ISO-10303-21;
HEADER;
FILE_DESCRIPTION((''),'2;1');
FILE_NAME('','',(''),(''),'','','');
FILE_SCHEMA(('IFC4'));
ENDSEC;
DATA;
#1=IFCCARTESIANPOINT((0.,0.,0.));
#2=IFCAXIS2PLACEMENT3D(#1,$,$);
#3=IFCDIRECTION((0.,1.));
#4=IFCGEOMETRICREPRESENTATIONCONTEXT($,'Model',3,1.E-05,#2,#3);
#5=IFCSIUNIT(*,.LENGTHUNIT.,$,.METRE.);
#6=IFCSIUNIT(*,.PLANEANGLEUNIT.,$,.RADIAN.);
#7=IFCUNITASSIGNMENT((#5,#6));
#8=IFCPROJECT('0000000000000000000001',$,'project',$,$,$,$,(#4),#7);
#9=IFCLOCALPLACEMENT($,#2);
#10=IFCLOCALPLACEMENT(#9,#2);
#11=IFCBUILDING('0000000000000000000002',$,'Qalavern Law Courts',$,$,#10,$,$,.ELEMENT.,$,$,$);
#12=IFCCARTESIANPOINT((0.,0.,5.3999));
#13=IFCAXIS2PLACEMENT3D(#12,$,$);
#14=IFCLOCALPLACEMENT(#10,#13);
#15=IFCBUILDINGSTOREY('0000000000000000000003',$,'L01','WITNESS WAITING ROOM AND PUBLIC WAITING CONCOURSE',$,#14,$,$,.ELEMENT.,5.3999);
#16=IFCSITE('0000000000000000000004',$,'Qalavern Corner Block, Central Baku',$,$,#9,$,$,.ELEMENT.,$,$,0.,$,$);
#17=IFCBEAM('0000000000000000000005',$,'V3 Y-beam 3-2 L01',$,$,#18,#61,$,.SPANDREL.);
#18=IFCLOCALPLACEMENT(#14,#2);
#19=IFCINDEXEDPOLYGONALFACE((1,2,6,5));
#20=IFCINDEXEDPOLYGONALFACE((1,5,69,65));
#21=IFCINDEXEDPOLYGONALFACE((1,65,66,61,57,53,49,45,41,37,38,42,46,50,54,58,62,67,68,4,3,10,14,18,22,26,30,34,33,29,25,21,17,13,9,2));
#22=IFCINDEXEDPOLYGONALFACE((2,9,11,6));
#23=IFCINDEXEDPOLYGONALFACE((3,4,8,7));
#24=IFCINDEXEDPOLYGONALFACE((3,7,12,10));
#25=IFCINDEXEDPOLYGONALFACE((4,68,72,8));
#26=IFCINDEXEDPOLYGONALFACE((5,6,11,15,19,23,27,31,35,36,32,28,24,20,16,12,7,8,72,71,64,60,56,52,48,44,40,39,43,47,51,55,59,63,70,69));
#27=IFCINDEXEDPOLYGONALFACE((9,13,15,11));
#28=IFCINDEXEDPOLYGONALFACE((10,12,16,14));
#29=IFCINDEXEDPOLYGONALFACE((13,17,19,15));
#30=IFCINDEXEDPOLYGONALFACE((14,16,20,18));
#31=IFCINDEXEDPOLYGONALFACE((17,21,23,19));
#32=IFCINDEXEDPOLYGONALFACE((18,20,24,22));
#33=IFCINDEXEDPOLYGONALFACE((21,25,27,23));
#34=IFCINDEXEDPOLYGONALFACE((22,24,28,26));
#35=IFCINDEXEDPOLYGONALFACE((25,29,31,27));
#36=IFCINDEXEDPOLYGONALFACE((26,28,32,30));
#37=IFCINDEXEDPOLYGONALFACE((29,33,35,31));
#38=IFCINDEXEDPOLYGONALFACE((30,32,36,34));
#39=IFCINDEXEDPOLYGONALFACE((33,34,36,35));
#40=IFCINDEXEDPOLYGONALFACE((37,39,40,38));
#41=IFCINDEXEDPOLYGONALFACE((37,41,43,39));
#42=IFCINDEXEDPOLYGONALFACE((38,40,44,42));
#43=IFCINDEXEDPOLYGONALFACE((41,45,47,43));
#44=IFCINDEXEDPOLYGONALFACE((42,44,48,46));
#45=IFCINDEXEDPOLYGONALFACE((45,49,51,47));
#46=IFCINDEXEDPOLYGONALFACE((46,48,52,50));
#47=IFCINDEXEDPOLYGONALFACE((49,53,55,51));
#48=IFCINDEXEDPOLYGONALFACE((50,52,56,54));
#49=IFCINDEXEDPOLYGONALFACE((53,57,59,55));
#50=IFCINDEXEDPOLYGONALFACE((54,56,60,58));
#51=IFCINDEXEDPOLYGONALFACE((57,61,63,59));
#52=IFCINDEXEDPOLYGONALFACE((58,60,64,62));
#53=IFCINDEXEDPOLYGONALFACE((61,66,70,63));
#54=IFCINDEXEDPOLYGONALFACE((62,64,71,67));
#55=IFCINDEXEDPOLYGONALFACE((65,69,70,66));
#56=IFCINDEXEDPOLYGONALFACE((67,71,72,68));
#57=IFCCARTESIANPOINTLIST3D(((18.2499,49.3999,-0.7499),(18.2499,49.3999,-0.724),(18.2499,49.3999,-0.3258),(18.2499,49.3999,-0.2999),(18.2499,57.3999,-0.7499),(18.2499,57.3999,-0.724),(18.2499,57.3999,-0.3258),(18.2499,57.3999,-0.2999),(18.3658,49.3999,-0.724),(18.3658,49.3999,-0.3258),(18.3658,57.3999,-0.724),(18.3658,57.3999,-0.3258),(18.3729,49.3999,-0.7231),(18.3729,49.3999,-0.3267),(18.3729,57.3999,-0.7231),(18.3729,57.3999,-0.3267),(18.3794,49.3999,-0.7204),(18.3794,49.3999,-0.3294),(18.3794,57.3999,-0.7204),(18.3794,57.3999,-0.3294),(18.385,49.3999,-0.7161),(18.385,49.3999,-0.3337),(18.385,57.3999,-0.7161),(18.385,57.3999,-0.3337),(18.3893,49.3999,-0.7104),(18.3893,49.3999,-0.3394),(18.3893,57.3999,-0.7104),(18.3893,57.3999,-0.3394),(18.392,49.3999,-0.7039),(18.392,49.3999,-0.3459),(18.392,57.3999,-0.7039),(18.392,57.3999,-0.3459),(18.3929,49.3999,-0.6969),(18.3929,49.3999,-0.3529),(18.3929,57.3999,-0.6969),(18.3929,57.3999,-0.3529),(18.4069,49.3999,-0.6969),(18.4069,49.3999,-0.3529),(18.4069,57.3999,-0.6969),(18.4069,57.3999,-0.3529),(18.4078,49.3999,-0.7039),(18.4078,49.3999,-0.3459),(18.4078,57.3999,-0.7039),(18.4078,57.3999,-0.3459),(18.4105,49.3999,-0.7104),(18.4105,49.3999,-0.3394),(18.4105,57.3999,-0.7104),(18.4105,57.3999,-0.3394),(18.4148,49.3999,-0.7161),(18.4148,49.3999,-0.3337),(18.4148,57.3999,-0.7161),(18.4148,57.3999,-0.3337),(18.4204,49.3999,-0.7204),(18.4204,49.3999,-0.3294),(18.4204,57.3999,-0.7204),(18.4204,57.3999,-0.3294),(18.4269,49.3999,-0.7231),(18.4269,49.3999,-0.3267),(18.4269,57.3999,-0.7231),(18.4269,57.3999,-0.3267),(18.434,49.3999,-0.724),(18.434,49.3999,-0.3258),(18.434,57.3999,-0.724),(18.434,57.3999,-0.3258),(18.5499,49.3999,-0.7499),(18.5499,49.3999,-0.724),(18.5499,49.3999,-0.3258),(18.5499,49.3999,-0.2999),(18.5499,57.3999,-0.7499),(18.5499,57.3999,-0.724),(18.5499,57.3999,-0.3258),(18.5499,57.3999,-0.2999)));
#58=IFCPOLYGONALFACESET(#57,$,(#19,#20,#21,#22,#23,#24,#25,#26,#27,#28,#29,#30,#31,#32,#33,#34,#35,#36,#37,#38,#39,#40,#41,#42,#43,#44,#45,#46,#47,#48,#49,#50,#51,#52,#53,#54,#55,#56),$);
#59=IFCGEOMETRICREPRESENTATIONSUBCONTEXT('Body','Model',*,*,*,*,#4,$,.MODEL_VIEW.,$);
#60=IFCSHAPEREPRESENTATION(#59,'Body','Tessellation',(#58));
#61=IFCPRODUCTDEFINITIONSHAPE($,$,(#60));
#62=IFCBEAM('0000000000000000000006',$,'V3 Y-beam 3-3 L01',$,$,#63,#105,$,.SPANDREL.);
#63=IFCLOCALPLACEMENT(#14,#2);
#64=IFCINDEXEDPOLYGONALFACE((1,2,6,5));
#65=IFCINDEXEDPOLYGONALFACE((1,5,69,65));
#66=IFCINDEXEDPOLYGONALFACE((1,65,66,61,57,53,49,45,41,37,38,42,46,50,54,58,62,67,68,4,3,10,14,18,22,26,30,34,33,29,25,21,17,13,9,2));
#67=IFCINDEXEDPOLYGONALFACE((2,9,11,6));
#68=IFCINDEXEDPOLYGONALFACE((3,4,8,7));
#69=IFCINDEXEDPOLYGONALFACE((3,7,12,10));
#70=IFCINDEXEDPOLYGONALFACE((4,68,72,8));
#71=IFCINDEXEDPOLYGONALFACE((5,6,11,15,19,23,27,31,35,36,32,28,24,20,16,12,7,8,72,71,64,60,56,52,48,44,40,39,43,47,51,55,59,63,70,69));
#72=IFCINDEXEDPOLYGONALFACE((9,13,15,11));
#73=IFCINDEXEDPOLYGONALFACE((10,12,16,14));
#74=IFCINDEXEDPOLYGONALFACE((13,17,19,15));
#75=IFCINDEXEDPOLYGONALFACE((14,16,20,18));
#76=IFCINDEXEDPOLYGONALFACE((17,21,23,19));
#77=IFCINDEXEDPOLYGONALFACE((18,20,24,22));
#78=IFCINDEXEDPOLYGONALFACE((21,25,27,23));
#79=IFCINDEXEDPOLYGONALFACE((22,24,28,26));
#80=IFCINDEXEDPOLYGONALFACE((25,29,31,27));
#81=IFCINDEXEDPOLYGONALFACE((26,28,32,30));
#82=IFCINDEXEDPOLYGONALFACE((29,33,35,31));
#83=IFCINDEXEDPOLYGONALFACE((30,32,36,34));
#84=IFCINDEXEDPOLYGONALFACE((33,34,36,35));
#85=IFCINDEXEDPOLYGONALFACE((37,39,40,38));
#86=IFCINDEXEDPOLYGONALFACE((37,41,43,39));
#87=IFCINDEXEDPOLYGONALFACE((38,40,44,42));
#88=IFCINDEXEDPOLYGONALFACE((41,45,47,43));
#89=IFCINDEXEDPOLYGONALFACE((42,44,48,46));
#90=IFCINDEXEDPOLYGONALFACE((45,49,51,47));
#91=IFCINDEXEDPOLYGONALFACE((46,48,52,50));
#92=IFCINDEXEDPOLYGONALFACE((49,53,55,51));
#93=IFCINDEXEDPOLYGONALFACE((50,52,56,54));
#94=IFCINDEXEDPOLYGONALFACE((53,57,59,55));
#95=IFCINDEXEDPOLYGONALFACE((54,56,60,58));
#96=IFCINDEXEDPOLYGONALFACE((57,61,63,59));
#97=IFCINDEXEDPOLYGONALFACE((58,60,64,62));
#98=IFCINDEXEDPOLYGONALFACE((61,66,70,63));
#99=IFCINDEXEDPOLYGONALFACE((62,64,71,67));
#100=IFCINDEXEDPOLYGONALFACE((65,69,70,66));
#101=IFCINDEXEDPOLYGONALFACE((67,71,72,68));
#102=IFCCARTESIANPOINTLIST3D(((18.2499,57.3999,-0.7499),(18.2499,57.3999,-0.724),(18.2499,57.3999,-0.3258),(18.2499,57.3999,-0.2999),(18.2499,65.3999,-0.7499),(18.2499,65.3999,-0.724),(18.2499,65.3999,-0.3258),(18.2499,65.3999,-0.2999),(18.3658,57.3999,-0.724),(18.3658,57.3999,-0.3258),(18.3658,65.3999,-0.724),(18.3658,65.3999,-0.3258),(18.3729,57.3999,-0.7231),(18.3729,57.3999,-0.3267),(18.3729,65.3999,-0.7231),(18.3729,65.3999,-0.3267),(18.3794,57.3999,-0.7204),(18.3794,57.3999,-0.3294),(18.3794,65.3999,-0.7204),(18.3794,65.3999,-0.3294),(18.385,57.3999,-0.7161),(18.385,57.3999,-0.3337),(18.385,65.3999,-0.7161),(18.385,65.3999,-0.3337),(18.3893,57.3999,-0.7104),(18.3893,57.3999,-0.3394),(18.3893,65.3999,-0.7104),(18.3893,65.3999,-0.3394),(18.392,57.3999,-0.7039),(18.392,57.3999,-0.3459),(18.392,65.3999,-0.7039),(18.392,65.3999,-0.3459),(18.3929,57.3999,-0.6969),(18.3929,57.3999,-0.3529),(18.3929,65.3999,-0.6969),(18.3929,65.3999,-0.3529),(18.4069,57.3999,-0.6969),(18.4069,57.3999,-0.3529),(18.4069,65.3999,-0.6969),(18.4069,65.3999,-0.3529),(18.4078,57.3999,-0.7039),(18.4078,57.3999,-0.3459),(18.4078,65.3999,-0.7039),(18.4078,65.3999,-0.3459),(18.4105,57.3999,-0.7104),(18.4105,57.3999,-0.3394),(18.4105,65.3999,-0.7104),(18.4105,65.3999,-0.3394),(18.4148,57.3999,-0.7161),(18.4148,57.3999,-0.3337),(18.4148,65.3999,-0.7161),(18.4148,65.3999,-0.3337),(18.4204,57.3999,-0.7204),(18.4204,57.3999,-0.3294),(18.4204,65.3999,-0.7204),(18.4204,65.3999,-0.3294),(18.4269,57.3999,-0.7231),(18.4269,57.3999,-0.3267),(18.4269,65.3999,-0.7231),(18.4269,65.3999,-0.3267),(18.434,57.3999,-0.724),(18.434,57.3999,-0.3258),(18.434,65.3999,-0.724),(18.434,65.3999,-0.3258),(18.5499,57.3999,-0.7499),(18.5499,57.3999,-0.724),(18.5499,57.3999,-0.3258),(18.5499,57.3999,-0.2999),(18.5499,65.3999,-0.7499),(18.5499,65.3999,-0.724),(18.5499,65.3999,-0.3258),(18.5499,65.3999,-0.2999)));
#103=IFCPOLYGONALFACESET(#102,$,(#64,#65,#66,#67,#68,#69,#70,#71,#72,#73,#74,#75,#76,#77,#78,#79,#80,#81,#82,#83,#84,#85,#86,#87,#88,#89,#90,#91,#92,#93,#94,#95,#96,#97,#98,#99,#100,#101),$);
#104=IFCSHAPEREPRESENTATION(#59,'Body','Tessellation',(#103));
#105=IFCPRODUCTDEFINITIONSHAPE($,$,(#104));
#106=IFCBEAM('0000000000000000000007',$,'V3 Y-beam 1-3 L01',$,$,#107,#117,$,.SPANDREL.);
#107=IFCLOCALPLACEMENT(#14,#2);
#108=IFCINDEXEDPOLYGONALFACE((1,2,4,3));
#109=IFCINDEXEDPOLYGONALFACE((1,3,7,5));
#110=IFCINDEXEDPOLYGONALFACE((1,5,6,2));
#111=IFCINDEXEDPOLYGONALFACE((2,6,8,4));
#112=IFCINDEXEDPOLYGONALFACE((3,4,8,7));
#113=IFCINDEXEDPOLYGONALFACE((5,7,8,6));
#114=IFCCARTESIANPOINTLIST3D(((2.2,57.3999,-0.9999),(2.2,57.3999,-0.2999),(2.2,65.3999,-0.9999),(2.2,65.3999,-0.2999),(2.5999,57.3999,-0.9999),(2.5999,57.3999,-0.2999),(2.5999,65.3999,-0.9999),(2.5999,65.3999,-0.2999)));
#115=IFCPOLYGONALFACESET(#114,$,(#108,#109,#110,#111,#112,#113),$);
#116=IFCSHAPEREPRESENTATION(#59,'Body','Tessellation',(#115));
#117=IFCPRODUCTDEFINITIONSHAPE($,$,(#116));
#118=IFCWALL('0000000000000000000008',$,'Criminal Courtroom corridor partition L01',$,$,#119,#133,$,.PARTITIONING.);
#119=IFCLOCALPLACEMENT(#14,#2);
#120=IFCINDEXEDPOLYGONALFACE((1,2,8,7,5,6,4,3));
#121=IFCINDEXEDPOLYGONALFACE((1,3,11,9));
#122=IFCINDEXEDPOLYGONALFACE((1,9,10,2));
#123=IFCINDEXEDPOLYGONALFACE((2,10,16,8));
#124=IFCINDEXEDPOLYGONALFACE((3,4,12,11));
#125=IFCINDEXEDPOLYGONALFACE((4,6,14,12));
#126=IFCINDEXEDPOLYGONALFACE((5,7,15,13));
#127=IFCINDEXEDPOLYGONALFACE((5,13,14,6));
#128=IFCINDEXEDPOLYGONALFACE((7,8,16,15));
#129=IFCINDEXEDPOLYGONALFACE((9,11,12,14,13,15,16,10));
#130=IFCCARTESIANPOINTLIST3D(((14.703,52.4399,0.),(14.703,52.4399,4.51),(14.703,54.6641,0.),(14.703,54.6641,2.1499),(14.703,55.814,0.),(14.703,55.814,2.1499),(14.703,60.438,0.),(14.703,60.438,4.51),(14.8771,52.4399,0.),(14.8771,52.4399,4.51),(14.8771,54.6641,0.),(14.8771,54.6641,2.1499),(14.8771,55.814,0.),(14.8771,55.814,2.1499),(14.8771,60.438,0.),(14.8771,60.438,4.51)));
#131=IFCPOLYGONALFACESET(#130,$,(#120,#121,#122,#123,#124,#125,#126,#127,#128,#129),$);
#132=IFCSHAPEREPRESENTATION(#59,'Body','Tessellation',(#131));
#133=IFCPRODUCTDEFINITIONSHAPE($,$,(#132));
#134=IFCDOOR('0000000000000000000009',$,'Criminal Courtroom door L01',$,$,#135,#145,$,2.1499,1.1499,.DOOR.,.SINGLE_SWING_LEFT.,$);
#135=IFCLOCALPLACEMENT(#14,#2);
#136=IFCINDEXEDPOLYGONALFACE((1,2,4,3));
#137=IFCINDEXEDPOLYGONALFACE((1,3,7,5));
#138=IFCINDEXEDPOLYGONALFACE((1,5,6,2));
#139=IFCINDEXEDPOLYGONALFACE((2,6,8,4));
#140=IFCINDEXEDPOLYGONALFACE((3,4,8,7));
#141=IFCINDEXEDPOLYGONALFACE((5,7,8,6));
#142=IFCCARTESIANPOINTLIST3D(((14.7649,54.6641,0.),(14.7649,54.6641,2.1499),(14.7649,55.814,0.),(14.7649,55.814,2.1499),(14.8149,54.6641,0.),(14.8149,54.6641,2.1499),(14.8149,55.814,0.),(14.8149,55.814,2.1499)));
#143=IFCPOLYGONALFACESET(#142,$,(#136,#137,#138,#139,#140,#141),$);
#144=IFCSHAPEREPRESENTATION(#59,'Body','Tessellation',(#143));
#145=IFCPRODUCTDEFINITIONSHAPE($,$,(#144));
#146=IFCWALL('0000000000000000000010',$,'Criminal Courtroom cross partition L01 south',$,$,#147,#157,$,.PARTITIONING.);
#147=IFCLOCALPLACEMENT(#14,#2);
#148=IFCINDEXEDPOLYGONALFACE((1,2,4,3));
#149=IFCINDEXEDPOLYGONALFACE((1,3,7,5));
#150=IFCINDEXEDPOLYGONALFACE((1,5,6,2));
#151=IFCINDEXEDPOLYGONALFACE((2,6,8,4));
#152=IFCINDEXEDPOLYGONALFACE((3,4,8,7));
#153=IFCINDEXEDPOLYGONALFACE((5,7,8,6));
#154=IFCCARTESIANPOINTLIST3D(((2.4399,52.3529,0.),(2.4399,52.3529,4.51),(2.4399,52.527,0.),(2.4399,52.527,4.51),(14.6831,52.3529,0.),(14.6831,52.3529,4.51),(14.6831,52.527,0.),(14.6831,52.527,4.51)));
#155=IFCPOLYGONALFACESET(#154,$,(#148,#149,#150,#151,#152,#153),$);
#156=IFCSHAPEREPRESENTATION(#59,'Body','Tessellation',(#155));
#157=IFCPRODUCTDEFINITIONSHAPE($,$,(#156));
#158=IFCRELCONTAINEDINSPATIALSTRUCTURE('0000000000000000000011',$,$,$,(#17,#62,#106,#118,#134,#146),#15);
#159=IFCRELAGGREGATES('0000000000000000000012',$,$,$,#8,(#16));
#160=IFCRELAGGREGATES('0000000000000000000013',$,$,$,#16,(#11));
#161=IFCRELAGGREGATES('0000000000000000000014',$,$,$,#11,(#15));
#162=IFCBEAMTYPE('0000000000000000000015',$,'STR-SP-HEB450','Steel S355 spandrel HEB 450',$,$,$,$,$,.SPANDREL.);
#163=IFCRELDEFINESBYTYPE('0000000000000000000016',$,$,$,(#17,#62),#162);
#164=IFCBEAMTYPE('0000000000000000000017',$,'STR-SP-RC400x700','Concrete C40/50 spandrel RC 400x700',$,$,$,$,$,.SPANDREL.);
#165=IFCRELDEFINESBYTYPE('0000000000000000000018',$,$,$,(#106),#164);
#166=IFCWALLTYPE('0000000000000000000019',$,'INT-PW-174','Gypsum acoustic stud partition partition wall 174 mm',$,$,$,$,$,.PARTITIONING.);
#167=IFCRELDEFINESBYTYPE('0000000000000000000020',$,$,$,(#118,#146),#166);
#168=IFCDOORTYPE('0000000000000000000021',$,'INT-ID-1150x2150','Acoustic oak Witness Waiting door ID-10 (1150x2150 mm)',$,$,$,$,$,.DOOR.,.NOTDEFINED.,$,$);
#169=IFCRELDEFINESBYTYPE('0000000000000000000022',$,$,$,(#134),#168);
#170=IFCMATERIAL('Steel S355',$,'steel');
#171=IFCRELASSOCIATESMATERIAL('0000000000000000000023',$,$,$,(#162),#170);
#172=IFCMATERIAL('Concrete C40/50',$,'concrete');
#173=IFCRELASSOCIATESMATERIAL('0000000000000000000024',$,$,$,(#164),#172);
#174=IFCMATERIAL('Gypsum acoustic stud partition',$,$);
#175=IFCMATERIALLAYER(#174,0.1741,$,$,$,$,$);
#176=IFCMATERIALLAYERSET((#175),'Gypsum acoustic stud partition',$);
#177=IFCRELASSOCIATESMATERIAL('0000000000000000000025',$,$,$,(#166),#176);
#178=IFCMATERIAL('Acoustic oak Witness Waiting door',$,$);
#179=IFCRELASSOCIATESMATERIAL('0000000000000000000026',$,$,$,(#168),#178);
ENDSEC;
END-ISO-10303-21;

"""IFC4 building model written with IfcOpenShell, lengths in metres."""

from ifc_helpers import new_model, si_unit, direction, frame, frame_2d, origin, origin_2d, place, context, subcontext, project, spatial, rectangle, i_section, extrude, material, layer, layer_set, material_profile, profile_set, type_object, element, fill, save


model = new_model("IFC4")

# Units and contexts
model_context = context("Model", 3, precision=1e-05, world=origin(), true_north=direction((0.0, 1.0)))
body_context = subcontext(model_context, "Body", "Model", "MODEL_VIEW")
ifc_project = project(units=[si_unit("LENGTHUNIT", "METRE"), si_unit("PLANEANGLEUNIT", "RADIAN")], contexts=[model_context])

# Site, building, storey
site_placement = place(None, origin())
site = spatial("IfcSite", under=ifc_project, at=site_placement, Name="Qalavern Corner Block, Central Baku", CompositionType="ELEMENT", RefElevation=0.0)
building_placement = place(site_placement, origin())
building = spatial("IfcBuilding", under=site, at=building_placement, Name="Qalavern Law Courts", CompositionType="ELEMENT")
storey_placement = place(building_placement, frame((0.0, 0.0, 5.3999)))
storey = spatial("IfcBuildingStorey", under=building, at=storey_placement, Name="L01", Description="WITNESS WAITING ROOM AND PUBLIC WAITING CONCOURSE", CompositionType="ELEMENT", Elevation=5.3999)

# Beams
ifc_material_1 = material(Name="Steel S355", Category="steel")
ifc_material_2 = material(Name="Concrete C40/50", Category="concrete")
ifc_material_profile_1 = material_profile(ifc_material_1, i_section(OverallWidth=0.3, OverallDepth=0.45, WebThickness=0.0139, FlangeThickness=0.0259, FilletRadius=0.0271, at=origin_2d()), Name="HEB 450")
ifc_profile_set_1 = profile_set([ifc_material_profile_1], Name="Steel S355")
beam_type_1 = type_object("IfcBeamType", Name="STR-SP-HEB450", Description="Steel S355 spandrel HEB 450", PredefinedType="SPANDREL", material=ifc_profile_set_1)
for number, where, z_axis, x_axis, name in (
    (1, (18.3999, 49.3999, -0.5249), (0.0, 1.0, 0.0), (-1.0, 0.0, 0.0), "V3 Y-beam 3-2 L01"),
    (2, (18.3999, 57.3999, -0.5249), (0.0, 1.0, 0.0), (-1.0, 0.0, 0.0), "V3 Y-beam 3-3 L01"),
):
    element("IfcBeam", number, at=place(storey_placement, frame(where, z_axis=z_axis, x_axis=x_axis)), inside=storey, type_object=beam_type_1, Name=name, PredefinedType="SPANDREL", context=body_context, shape_type="SweptSolid", body=[
        extrude(i_section(OverallWidth=0.3, OverallDepth=0.45, WebThickness=0.0139, FlangeThickness=0.0259, FilletRadius=0.0271, at=origin_2d()), origin(), (0.0, 0.0, 1.0), 8.0),
    ])
ifc_material_profile_2 = material_profile(ifc_material_2, rectangle(XDim=0.3999, YDim=0.7, at=origin_2d()), Name="RC 400x700")
ifc_profile_set_2 = profile_set([ifc_material_profile_2], Name="Concrete C40/50")
beam_type_2 = type_object("IfcBeamType", Name="STR-SP-RC400x700", Description="Concrete C40/50 spandrel RC 400x700", PredefinedType="SPANDREL", material=ifc_profile_set_2)
beam_1_placement = place(storey_placement, frame((2.3999, 57.3999, -0.6499), z_axis=(0.0, 1.0, 0.0), x_axis=(-1.0, 0.0, 0.0)))
element("IfcBeam", 3, at=beam_1_placement, inside=storey, type_object=beam_type_2, Name="V3 Y-beam 1-3 L01", PredefinedType="SPANDREL", context=body_context, shape_type="SweptSolid", body=[
    extrude(rectangle(XDim=0.3999, YDim=0.7, at=origin_2d()), origin(), (0.0, 0.0, 1.0), 8.0),
])

# Wall, opening, door
ifc_material_3 = material(Name="Gypsum acoustic stud partition")
ifc_layer_1 = layer(ifc_material_3, 0.1741)
ifc_layer_set_1 = layer_set([ifc_layer_1], Name="Gypsum acoustic stud partition")
wall_type_1 = type_object("IfcWallType", Name="INT-PW-174", Description="Gypsum acoustic stud partition partition wall 174 mm", PredefinedType="PARTITIONING", material=ifc_layer_set_1)
wall_1_placement = place(storey_placement, frame((14.79, 52.4399, 0.0), z_axis=(0.0, 0.0, 1.0), x_axis=(0.0, 1.0, 0.0)))
wall_1 = element("IfcWall", 4, at=wall_1_placement, inside=storey, type_object=wall_type_1, Name="Criminal Courtroom corridor partition L01", PredefinedType="PARTITIONING", context=body_context, shape_type="SweptSolid", body=[
    extrude(rectangle(XDim=7.998, YDim=0.1741, at=frame_2d((3.999, 0.0))), origin(), (0.0, 0.0, 1.0), 4.51),
])
opening_1_placement = place(wall_1_placement, frame((2.2241, 0.0, 0.0)))
opening_1 = element("IfcOpeningElement", 5, at=opening_1_placement, cuts=wall_1, PredefinedType="OPENING", context=body_context, shape_type="SweptSolid", body=[
    extrude(rectangle(XDim=1.1499, YDim=2.1499, at=frame_2d((0.575, 1.075))), frame((0.0, 0.1021, 0.0), z_axis=(0.0, -1.0, 0.0), x_axis=(1.0, 0.0, 0.0)), (0.0, 0.0, 1.0), 0.2039),
])
ifc_material_4 = material(Name="Acoustic oak Witness Waiting door")
door_type_1 = type_object("IfcDoorType", Name="INT-ID-1150x2150", Description="Acoustic oak Witness Waiting door ID-10 (1150x2150 mm)", OperationType="NOTDEFINED", PredefinedType="DOOR", material=ifc_material_4)
door_1_placement = place(opening_1_placement, frame((1.1499, 0.0, 0.0), z_axis=(0.0, 0.0, 1.0), x_axis=(-1.0, 0.0, 0.0)))
door_1 = element("IfcDoor", 6, at=door_1_placement, inside=storey, type_object=door_type_1, Name="Criminal Courtroom door L01", OperationType="SINGLE_SWING_LEFT", OverallHeight=2.1499, OverallWidth=1.1499, PredefinedType="DOOR", context=body_context, shape_type="SweptSolid", body=[
    extrude(rectangle(XDim=1.1499, YDim=2.1499, at=frame_2d((0.575, 1.075))), frame((0.0, 0.0249, 0.0), z_axis=(0.0, -1.0, 0.0), x_axis=(1.0, 0.0, 0.0)), (0.0, 0.0, 1.0), 0.05),
])
fill(opening_1, door_1)

# Wall
wall_2_placement = place(storey_placement, frame((2.4399, 52.4399, 0.0), z_axis=(0.0, 0.0, 1.0), x_axis=(1.0, 0.0, 0.0)))
element("IfcWall", 7, at=wall_2_placement, inside=storey, type_object=wall_type_1, Name="Criminal Courtroom cross partition L01 south", PredefinedType="PARTITIONING", context=body_context, shape_type="SweptSolid", body=[
    extrude(rectangle(XDim=12.2432, YDim=0.1741, at=frame_2d((6.1216, 0.0))), origin(), (0.0, 0.0, 1.0), 4.51),
])

save(model, "model.ifc")
